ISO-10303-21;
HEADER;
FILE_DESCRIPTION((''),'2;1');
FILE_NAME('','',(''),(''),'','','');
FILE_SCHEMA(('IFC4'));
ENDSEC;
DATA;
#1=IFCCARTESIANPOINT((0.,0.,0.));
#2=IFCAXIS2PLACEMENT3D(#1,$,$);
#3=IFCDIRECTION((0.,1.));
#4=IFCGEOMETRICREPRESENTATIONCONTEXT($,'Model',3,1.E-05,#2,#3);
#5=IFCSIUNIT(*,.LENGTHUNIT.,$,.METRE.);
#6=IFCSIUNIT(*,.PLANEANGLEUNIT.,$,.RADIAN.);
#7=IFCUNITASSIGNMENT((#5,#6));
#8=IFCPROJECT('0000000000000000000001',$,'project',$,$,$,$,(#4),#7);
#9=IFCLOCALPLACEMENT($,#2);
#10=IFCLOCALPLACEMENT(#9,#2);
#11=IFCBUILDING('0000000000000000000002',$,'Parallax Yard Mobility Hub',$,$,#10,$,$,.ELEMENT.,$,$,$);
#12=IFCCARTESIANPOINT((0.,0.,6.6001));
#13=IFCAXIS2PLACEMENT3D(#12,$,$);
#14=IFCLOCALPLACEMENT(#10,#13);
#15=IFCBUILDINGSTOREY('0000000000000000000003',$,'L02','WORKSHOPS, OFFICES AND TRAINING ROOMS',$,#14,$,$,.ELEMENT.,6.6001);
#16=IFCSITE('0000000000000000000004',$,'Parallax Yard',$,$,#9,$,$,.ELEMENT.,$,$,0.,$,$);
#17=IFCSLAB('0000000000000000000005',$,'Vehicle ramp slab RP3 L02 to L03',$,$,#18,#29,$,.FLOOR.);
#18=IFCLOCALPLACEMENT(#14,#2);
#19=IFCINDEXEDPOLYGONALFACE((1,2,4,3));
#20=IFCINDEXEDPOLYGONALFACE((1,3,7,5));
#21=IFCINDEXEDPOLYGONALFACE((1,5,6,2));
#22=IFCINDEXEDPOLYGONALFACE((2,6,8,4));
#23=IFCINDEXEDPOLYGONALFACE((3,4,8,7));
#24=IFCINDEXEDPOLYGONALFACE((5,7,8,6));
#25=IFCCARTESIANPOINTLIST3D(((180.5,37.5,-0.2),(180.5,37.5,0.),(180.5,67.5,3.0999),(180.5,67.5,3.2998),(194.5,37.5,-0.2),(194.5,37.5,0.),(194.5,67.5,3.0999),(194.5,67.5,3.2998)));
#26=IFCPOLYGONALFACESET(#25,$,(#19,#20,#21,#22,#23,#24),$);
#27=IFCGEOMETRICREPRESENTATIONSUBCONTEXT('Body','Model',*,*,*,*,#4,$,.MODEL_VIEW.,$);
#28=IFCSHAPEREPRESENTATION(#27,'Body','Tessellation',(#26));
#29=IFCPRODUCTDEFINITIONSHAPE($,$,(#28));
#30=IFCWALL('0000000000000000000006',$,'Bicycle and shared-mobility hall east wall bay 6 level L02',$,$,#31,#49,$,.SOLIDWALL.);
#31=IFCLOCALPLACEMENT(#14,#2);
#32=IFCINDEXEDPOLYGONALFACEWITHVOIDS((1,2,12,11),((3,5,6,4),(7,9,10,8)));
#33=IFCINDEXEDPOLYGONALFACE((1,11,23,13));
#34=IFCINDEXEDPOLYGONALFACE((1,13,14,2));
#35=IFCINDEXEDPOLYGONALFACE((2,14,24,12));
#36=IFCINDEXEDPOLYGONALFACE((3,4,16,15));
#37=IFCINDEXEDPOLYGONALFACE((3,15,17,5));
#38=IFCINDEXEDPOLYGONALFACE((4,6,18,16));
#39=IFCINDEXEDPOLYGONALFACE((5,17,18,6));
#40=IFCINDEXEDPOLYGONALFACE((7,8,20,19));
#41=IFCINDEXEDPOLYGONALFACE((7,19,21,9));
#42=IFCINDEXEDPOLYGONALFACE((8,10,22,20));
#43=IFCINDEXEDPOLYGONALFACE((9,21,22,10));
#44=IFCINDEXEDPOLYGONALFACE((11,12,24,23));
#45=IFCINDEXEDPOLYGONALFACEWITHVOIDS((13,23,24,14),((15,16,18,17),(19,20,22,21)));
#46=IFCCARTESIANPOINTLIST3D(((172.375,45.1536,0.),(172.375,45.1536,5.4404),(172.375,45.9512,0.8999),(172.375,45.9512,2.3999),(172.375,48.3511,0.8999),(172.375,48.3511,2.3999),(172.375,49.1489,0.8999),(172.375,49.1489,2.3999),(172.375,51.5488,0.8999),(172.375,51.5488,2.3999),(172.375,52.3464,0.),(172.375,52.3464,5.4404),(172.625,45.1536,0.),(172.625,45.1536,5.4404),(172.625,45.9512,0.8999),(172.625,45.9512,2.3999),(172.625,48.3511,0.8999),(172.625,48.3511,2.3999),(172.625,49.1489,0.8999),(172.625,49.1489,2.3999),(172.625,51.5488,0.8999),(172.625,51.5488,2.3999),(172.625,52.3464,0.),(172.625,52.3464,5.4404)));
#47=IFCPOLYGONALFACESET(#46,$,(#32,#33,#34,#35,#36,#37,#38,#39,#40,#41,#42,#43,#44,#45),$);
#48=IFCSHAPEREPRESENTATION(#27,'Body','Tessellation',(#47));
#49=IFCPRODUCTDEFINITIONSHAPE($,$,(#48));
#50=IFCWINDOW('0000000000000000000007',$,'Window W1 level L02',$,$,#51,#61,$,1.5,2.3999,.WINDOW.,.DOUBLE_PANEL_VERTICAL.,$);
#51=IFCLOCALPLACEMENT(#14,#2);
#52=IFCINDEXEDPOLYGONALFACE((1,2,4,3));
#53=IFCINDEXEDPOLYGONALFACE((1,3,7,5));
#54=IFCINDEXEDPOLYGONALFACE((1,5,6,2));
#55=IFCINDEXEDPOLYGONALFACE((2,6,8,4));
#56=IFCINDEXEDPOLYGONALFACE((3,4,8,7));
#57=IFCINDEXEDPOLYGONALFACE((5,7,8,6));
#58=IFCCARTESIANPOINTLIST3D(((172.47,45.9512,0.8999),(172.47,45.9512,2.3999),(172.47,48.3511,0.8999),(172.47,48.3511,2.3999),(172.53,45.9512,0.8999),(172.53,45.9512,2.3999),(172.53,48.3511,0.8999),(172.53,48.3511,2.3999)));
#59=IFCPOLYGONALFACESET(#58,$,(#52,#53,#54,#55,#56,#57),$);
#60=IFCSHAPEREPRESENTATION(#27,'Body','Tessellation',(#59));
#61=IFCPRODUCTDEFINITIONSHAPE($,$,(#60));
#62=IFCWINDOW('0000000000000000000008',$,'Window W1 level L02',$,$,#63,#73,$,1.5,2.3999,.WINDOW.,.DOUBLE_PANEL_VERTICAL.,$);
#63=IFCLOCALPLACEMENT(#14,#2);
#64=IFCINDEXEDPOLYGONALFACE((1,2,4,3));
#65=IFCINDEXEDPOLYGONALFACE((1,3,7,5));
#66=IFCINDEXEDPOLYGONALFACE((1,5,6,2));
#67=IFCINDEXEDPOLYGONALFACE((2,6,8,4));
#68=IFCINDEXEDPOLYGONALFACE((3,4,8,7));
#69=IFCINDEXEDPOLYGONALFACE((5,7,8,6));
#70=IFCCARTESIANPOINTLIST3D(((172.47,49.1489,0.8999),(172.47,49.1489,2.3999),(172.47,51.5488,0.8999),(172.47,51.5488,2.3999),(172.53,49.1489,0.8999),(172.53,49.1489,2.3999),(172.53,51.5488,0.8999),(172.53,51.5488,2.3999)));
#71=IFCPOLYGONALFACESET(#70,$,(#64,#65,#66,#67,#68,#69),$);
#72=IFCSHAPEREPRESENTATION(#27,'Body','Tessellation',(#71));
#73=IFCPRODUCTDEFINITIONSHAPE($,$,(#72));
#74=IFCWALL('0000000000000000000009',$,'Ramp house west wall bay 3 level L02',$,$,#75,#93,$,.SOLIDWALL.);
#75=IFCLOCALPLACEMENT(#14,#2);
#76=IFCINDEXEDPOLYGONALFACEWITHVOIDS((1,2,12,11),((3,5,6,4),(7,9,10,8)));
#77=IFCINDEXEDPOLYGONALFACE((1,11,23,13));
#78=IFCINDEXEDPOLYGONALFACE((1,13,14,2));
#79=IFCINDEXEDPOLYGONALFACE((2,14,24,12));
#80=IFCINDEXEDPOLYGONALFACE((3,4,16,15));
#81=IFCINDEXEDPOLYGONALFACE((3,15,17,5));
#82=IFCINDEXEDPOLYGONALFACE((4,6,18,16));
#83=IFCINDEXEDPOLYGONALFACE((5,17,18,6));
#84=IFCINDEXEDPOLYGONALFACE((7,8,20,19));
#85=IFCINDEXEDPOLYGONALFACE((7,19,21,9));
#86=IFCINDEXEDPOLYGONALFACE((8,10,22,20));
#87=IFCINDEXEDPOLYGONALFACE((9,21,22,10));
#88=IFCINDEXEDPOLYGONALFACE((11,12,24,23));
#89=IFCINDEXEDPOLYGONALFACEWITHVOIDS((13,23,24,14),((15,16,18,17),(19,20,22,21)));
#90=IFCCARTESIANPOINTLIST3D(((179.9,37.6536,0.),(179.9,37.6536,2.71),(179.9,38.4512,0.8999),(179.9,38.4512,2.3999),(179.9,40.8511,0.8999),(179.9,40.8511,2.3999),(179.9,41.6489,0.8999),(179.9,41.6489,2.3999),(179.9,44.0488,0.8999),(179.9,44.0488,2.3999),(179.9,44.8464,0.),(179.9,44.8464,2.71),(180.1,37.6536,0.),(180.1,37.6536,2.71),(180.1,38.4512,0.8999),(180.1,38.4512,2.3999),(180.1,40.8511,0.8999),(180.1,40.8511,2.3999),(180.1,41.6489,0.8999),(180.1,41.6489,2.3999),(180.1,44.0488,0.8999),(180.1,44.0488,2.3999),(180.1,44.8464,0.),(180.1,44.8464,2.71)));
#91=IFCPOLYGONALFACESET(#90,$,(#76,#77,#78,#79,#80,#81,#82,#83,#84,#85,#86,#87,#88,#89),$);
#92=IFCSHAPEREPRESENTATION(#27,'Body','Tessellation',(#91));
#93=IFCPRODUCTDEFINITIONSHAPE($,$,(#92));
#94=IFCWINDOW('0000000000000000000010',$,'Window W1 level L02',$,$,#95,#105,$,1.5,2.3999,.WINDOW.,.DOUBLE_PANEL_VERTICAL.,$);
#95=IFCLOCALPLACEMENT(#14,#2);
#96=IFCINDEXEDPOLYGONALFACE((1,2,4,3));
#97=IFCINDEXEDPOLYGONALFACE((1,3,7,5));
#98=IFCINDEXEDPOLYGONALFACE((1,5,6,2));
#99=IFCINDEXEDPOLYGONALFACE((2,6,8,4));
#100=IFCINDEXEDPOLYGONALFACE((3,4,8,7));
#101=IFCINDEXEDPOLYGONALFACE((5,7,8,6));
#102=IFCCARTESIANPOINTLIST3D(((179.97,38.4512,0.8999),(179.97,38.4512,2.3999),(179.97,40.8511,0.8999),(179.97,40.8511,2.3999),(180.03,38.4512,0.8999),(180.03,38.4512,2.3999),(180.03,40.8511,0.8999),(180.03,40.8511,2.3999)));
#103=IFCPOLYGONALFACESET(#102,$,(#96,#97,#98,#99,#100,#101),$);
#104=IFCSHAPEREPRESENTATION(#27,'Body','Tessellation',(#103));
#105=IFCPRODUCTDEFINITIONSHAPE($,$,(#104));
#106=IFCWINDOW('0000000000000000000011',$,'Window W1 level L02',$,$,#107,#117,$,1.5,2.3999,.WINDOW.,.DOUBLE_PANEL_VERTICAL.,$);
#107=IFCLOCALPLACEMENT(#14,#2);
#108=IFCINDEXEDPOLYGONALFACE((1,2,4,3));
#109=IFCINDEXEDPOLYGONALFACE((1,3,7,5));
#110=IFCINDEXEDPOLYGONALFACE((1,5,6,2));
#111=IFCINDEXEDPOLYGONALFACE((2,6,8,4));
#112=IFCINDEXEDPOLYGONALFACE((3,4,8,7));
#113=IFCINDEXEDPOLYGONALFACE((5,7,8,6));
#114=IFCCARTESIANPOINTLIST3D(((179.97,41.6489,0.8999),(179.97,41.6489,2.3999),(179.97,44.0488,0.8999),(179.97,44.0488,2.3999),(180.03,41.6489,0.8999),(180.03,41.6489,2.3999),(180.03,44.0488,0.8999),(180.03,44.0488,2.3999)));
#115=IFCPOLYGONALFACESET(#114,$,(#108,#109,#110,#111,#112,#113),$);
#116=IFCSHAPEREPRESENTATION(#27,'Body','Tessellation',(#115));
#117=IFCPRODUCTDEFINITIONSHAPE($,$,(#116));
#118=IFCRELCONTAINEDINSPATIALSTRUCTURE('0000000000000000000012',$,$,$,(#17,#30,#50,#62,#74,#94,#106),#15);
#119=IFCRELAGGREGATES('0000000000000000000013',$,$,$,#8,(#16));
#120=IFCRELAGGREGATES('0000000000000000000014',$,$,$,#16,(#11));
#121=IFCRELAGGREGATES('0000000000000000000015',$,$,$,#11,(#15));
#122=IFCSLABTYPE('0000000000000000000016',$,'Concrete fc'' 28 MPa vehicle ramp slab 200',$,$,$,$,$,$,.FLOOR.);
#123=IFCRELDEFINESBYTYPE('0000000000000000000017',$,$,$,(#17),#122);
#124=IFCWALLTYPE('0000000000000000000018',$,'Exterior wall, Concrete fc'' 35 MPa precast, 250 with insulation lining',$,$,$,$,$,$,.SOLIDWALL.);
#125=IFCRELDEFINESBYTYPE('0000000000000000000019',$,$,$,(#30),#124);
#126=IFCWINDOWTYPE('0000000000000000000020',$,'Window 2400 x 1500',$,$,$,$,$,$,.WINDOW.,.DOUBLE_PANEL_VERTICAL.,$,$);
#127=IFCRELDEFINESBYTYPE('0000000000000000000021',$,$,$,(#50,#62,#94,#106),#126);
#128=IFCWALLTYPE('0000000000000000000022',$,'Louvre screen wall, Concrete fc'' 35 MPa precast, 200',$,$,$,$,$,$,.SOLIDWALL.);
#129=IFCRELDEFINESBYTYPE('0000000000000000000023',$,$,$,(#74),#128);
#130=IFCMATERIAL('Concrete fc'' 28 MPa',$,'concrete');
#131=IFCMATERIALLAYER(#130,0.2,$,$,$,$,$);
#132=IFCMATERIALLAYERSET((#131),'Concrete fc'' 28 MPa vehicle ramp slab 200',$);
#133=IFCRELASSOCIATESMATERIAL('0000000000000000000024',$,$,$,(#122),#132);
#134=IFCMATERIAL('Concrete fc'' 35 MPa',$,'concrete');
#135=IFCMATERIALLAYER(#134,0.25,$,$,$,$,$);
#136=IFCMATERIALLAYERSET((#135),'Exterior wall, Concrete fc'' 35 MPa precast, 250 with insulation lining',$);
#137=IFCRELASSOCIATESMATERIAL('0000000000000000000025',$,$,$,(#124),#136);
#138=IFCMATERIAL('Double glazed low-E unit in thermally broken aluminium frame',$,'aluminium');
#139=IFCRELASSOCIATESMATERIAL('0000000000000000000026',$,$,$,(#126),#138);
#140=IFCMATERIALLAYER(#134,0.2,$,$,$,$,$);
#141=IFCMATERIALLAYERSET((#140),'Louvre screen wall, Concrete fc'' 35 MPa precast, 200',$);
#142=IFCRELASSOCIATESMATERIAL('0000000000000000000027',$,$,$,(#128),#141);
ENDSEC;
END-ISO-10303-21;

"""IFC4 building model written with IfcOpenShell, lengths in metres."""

from ifc_helpers import new_model, si_unit, direction, frame, frame_2d, origin, place, context, subcontext, project, spatial, polyline, rectangle, outline, extrude, material, layer, layer_set, type_object, element, fill, save


model = new_model("IFC4")

# Units and contexts
model_context = context("Model", 3, precision=1e-05, world=origin(), true_north=direction((0.0, 1.0)))
body_context = subcontext(model_context, "Body", "Model", "MODEL_VIEW")
ifc_project = project(units=[si_unit("LENGTHUNIT", "METRE"), si_unit("PLANEANGLEUNIT", "RADIAN")], contexts=[model_context])

# Site, building, storey
site_placement = place(None, origin())
site = spatial("IfcSite", under=ifc_project, at=site_placement, Name="Parallax Yard", CompositionType="ELEMENT", RefElevation=0.0)
building_placement = place(site_placement, origin())
building = spatial("IfcBuilding", under=site, at=building_placement, Name="Parallax Yard Mobility Hub", CompositionType="ELEMENT")
storey_placement = place(building_placement, frame((0.0, 0.0, 6.6001)))
storey = spatial("IfcBuildingStorey", under=building, at=storey_placement, Name="L02", Description="WORKSHOPS, OFFICES AND TRAINING ROOMS", CompositionType="ELEMENT", Elevation=6.6001)

# Slab
ifc_material_1 = material(Name="Concrete fc' 28 MPa", Category="concrete")
ifc_layer_1 = layer(ifc_material_1, 0.2)
ifc_layer_set_1 = layer_set([ifc_layer_1], Name="Concrete fc' 28 MPa vehicle ramp slab 200")
slab_type = type_object("IfcSlabType", Name="Concrete fc' 28 MPa vehicle ramp slab 200", PredefinedType="FLOOR", material=ifc_layer_set_1)
slab_placement = place(storey_placement, frame((187.5, 37.5, 0.0), z_axis=(0.0, 0.0, 1.0), x_axis=(0.0, 1.0, 0.0)))
element("IfcSlab", 1, at=slab_placement, inside=storey, type_object=slab_type, Name="Vehicle ramp slab RP3 L02 to L03", PredefinedType="FLOOR", context=body_context, shape_type="SweptSolid", body=[
    extrude(outline(polyline([(0.0, -0.2), (30.0, 3.0999), (30.0, 3.2998), (0.0, 0.0), (0.0, -0.2)])), frame((0.0, 7.0, 0.0), z_axis=(0.0, -1.0, 0.0), x_axis=(1.0, 0.0, 0.0)), (0.0, 0.0, 1.0), 14.0),
])

# Walls, openings, windows
ifc_material_2 = material(Name="Concrete fc' 35 MPa", Category="concrete")
ifc_layer_2 = layer(ifc_material_2, 0.25)
ifc_layer_set_2 = layer_set([ifc_layer_2], Name="Exterior wall, Concrete fc' 35 MPa precast, 250 with insulation lining")
wall_type_1 = type_object("IfcWallType", Name="Exterior wall, Concrete fc' 35 MPa precast, 250 with insulation lining", PredefinedType="SOLIDWALL", material=ifc_layer_set_2)
wall_1_placement = place(storey_placement, frame((172.5, 45.1536, 0.0), z_axis=(0.0, 0.0, 1.0), x_axis=(0.0, 1.0, 0.0)))
wall_1 = element("IfcWall", 2, at=wall_1_placement, inside=storey, type_object=wall_type_1, Name="Bicycle and shared-mobility hall east wall bay 6 level L02", PredefinedType="SOLIDWALL", context=body_context, shape_type="SweptSolid", body=[
    extrude(rectangle(XDim=7.1929, YDim=0.25, at=frame_2d((3.5964, 0.0))), origin(), (0.0, 0.0, 1.0), 5.4404),
])
opening_1_placement = place(wall_1_placement, frame((0.7976, 0.0, 0.8999)))
opening_1 = element("IfcOpeningElement", 3, at=opening_1_placement, cuts=wall_1, PredefinedType="OPENING", context=body_context, shape_type="SweptSolid", body=[
    extrude(rectangle(XDim=2.3999, YDim=1.5, at=frame_2d((1.2, 0.75))), frame((0.0, 0.135, 0.0), z_axis=(0.0, -1.0, 0.0), x_axis=(1.0, 0.0, 0.0)), (0.0, 0.0, 1.0), 0.27),
])
opening_2_placement = place(wall_1_placement, frame((3.9954, 0.0, 0.8999)))
opening_2 = element("IfcOpeningElement", 4, at=opening_2_placement, cuts=wall_1, PredefinedType="OPENING", context=body_context, shape_type="SweptSolid", body=[
    extrude(rectangle(XDim=2.3999, YDim=1.5, at=frame_2d((1.2, 0.75))), frame((0.0, 0.135, 0.0), z_axis=(0.0, -1.0, 0.0), x_axis=(1.0, 0.0, 0.0)), (0.0, 0.0, 1.0), 0.27),
])
ifc_material_3 = material(Name="Double glazed low-E unit in thermally broken aluminium frame", Category="aluminium")
window_type = type_object("IfcWindowType", Name="Window 2400 x 1500", PartitioningType="DOUBLE_PANEL_VERTICAL", PredefinedType="WINDOW", material=ifc_material_3)
window_1_placement = place(opening_1_placement, origin())
window_1 = element("IfcWindow", 5, at=window_1_placement, inside=storey, type_object=window_type, Name="Window W1 level L02", OverallHeight=1.5, OverallWidth=2.3999, PartitioningType="DOUBLE_PANEL_VERTICAL", PredefinedType="WINDOW", context=body_context, shape_type="SweptSolid", body=[
    extrude(rectangle(XDim=2.3999, YDim=1.5, at=frame_2d((1.2, 0.75))), frame((0.0, 0.03, 0.0), z_axis=(0.0, -1.0, 0.0), x_axis=(1.0, 0.0, 0.0)), (0.0, 0.0, 1.0), 0.0601),
])
fill(opening_1, window_1)
window_2_placement = place(opening_2_placement, origin())
window_2 = element("IfcWindow", 6, at=window_2_placement, inside=storey, type_object=window_type, Name="Window W1 level L02", OverallHeight=1.5, OverallWidth=2.3999, PartitioningType="DOUBLE_PANEL_VERTICAL", PredefinedType="WINDOW", context=body_context, shape_type="SweptSolid", body=[
    extrude(rectangle(XDim=2.3999, YDim=1.5, at=frame_2d((1.2, 0.75))), frame((0.0, 0.03, 0.0), z_axis=(0.0, -1.0, 0.0), x_axis=(1.0, 0.0, 0.0)), (0.0, 0.0, 1.0), 0.0601),
])
fill(opening_2, window_2)
ifc_layer_3 = layer(ifc_material_2, 0.2)
ifc_layer_set_3 = layer_set([ifc_layer_3], Name="Louvre screen wall, Concrete fc' 35 MPa precast, 200")
wall_type_2 = type_object("IfcWallType", Name="Louvre screen wall, Concrete fc' 35 MPa precast, 200", PredefinedType="SOLIDWALL", material=ifc_layer_set_3)
wall_2_placement = place(storey_placement, frame((180.0, 37.6536, 0.0), z_axis=(0.0, 0.0, 1.0), x_axis=(0.0, 1.0, 0.0)))
wall_2 = element("IfcWall", 7, at=wall_2_placement, inside=storey, type_object=wall_type_2, Name="Ramp house west wall bay 3 level L02", PredefinedType="SOLIDWALL", context=body_context, shape_type="SweptSolid", body=[
    extrude(rectangle(XDim=7.1929, YDim=0.2, at=frame_2d((3.5964, 0.0))), origin(), (0.0, 0.0, 1.0), 2.71),
])
opening_3_placement = place(wall_2_placement, frame((0.7976, 0.0, 0.8999)))
opening_3 = element("IfcOpeningElement", 8, at=opening_3_placement, cuts=wall_2, PredefinedType="OPENING", context=body_context, shape_type="SweptSolid", body=[
    extrude(rectangle(XDim=2.3999, YDim=1.5, at=frame_2d((1.2, 0.75))), frame((0.0, 0.1099, 0.0), z_axis=(0.0, -1.0, 0.0), x_axis=(1.0, 0.0, 0.0)), (0.0, 0.0, 1.0), 0.22),
])
opening_4_placement = place(wall_2_placement, frame((3.9954, 0.0, 0.8999)))
opening_4 = element("IfcOpeningElement", 9, at=opening_4_placement, cuts=wall_2, PredefinedType="OPENING", context=body_context, shape_type="SweptSolid", body=[
    extrude(rectangle(XDim=2.3999, YDim=1.5, at=frame_2d((1.2, 0.75))), frame((0.0, 0.1099, 0.0), z_axis=(0.0, -1.0, 0.0), x_axis=(1.0, 0.0, 0.0)), (0.0, 0.0, 1.0), 0.22),
])
window_3_placement = place(opening_3_placement, origin())
window_3 = element("IfcWindow", 10, at=window_3_placement, inside=storey, type_object=window_type, Name="Window W1 level L02", OverallHeight=1.5, OverallWidth=2.3999, PartitioningType="DOUBLE_PANEL_VERTICAL", PredefinedType="WINDOW", context=body_context, shape_type="SweptSolid", body=[
    extrude(rectangle(XDim=2.3999, YDim=1.5, at=frame_2d((1.2, 0.75))), frame((0.0, 0.03, 0.0), z_axis=(0.0, -1.0, 0.0), x_axis=(1.0, 0.0, 0.0)), (0.0, 0.0, 1.0), 0.0601),
])
fill(opening_3, window_3)
window_4_placement = place(opening_4_placement, origin())
window_4 = element("IfcWindow", 11, at=window_4_placement, inside=storey, type_object=window_type, Name="Window W1 level L02", OverallHeight=1.5, OverallWidth=2.3999, PartitioningType="DOUBLE_PANEL_VERTICAL", PredefinedType="WINDOW", context=body_context, shape_type="SweptSolid", body=[
    extrude(rectangle(XDim=2.3999, YDim=1.5, at=frame_2d((1.2, 0.75))), frame((0.0, 0.03, 0.0), z_axis=(0.0, -1.0, 0.0), x_axis=(1.0, 0.0, 0.0)), (0.0, 0.0, 1.0), 0.0601),
])
fill(opening_4, window_4)

save(model, "model.ifc")
